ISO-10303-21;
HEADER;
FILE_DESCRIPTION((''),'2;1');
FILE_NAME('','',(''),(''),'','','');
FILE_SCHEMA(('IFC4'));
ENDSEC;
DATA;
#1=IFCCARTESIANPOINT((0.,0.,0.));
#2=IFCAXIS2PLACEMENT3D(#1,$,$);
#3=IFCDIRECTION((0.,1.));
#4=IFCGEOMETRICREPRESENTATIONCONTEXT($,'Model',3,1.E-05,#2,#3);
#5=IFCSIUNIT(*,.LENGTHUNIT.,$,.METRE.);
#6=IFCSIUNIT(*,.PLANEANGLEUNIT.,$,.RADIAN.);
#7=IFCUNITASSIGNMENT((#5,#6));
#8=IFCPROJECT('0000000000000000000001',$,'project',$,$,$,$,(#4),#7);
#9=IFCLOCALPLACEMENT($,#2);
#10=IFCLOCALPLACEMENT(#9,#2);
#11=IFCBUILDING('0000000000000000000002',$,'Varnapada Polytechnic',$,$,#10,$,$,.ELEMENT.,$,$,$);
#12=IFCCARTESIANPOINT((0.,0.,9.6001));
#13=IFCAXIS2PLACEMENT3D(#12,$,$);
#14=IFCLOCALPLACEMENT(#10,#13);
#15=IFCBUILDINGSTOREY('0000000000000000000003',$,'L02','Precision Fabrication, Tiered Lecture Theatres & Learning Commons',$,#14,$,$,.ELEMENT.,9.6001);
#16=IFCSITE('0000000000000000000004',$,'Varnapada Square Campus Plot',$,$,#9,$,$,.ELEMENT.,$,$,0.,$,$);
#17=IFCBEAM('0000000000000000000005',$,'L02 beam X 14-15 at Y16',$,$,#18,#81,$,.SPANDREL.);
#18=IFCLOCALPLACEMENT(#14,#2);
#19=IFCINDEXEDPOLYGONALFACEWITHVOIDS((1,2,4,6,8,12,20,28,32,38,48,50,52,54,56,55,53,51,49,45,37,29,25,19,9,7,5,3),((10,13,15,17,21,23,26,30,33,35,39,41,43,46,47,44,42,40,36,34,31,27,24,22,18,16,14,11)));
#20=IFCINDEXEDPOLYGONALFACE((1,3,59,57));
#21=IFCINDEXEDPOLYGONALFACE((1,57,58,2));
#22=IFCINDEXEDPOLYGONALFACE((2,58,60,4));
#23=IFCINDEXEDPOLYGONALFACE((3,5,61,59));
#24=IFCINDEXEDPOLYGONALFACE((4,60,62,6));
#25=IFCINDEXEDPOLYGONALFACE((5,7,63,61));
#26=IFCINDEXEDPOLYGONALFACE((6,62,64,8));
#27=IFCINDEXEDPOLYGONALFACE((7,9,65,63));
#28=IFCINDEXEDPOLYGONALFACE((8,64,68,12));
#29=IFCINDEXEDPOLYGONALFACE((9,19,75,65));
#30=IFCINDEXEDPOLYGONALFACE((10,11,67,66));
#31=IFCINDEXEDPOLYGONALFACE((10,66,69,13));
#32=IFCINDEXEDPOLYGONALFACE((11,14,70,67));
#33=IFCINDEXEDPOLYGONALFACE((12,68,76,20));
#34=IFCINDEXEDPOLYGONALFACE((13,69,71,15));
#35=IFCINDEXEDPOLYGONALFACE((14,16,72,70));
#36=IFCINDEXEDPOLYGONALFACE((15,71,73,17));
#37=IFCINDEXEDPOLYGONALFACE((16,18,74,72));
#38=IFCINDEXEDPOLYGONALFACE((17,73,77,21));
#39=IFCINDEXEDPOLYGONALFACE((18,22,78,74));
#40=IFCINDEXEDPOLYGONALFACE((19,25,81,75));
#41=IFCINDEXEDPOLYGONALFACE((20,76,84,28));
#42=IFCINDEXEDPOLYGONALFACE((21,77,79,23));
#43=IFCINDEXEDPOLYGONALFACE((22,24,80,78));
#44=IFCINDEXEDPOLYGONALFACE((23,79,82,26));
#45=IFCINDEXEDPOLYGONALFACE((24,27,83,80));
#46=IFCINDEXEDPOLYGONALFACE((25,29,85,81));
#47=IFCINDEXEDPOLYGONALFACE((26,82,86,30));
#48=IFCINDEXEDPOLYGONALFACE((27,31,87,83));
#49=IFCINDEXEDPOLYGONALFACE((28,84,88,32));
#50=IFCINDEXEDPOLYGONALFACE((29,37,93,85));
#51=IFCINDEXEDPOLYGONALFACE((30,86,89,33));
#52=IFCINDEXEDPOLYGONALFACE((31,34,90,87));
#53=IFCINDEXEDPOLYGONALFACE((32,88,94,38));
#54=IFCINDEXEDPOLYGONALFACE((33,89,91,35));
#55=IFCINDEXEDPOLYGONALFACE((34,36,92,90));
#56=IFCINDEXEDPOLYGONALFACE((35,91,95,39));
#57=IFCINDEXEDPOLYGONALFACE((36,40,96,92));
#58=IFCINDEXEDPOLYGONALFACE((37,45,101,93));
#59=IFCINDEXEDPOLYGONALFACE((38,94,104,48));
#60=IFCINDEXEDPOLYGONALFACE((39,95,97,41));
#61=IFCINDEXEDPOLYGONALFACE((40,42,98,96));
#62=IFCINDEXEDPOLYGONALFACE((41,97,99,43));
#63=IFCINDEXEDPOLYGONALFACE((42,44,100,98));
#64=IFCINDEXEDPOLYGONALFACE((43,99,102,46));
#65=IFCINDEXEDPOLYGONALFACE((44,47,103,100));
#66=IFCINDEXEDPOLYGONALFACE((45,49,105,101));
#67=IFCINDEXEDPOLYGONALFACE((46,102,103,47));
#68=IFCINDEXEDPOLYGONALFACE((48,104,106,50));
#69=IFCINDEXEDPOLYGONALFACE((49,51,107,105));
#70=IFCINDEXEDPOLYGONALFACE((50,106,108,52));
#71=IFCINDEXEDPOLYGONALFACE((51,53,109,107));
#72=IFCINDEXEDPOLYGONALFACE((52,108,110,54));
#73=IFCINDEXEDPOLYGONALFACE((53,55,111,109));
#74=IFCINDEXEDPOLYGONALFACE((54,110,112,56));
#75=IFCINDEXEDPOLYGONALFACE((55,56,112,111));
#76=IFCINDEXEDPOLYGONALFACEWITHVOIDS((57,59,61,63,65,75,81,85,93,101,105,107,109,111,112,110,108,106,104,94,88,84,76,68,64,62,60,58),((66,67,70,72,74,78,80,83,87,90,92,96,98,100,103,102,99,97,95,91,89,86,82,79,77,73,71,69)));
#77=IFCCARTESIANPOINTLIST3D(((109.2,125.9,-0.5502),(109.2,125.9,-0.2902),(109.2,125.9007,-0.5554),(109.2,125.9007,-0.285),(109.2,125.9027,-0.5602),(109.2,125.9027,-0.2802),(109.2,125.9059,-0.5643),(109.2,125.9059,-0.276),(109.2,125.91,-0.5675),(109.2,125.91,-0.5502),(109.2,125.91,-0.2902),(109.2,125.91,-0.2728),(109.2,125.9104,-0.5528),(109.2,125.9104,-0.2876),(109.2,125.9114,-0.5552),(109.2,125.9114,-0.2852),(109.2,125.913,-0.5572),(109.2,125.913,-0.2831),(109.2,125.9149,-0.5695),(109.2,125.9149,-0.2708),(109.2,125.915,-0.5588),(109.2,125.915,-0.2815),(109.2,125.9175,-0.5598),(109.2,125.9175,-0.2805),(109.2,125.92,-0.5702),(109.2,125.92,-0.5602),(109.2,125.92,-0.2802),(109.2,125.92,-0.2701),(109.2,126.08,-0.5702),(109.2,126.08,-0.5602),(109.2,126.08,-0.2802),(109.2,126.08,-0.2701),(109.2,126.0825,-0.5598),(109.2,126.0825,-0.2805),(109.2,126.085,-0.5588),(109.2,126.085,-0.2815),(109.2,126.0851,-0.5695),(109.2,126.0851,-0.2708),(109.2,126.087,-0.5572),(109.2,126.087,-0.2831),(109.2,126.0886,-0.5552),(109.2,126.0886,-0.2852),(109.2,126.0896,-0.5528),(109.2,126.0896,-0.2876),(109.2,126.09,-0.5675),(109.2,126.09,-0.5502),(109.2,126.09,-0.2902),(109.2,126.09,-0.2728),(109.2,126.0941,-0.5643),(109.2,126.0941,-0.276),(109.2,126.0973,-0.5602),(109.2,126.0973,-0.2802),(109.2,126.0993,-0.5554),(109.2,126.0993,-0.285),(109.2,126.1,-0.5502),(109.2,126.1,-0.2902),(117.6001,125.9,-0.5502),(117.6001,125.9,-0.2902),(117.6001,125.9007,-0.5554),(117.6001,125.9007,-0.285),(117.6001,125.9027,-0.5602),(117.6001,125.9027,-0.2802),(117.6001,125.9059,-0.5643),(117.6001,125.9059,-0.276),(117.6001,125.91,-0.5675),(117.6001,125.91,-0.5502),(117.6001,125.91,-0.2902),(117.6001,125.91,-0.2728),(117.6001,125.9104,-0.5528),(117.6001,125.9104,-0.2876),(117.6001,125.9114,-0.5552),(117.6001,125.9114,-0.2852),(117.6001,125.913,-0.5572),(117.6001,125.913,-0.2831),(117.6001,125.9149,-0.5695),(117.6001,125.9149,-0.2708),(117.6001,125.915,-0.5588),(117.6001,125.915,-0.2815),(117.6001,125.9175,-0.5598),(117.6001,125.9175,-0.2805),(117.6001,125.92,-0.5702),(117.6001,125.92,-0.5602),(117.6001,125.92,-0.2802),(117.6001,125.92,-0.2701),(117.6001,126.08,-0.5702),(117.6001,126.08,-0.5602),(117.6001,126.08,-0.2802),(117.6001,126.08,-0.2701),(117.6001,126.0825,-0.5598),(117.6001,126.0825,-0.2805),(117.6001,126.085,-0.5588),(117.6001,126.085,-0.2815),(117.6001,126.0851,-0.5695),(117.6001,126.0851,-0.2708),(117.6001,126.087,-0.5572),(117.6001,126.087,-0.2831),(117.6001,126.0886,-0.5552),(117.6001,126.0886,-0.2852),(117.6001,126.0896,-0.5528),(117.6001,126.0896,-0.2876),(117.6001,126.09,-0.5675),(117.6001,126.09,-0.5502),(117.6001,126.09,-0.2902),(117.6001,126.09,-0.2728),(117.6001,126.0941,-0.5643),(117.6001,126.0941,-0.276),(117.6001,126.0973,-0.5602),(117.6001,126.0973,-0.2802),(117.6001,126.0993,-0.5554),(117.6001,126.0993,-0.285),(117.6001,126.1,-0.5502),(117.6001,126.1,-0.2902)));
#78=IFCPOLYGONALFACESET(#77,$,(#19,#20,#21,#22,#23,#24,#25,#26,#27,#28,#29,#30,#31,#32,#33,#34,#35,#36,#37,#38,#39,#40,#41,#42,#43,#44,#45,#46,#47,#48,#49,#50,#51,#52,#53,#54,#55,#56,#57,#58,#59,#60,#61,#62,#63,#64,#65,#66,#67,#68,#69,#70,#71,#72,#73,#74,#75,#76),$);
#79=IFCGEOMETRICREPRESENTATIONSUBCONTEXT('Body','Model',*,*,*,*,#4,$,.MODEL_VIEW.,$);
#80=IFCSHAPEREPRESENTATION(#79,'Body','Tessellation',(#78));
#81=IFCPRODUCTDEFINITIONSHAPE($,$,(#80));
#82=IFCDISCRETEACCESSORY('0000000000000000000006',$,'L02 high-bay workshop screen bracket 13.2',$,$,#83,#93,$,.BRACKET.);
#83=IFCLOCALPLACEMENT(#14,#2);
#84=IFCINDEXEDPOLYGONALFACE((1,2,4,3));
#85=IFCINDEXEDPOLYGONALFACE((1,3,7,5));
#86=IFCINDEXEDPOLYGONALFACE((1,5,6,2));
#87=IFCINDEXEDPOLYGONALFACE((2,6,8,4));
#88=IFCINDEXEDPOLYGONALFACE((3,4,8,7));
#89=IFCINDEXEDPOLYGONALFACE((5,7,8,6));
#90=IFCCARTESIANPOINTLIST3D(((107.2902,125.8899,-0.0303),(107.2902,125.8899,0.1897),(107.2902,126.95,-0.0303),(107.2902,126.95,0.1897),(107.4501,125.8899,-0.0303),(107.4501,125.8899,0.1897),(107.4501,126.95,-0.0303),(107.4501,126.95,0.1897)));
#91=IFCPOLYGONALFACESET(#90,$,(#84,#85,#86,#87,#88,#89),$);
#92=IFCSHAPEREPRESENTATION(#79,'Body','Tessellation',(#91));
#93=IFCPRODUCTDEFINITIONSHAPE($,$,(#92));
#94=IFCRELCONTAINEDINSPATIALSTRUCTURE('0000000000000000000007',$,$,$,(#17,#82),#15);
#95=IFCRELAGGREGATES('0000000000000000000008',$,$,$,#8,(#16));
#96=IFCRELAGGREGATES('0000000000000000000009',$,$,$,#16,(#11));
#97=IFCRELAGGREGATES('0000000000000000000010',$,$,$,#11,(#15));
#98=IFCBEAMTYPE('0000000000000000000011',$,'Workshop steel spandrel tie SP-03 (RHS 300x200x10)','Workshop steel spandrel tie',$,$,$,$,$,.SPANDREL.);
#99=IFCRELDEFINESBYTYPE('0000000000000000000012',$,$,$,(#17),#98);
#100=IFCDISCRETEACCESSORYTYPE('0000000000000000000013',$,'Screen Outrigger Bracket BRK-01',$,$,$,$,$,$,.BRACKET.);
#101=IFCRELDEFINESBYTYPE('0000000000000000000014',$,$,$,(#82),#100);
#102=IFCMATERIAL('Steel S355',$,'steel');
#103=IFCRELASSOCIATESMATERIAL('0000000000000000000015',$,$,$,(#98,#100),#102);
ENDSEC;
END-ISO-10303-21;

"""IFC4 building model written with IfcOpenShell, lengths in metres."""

from ifc_helpers import new_model, si_unit, direction, frame, origin, origin_2d, place, context, subcontext, project, spatial, rectangle, hollow_rectangle, extrude, material, material_profile, profile_set, type_object, element, save


model = new_model("IFC4")

# Units and contexts
model_context = context("Model", 3, precision=1e-05, world=origin(), true_north=direction((0.0, 1.0)))
body_context = subcontext(model_context, "Body", "Model", "MODEL_VIEW")
ifc_project = project(units=[si_unit("LENGTHUNIT", "METRE"), si_unit("PLANEANGLEUNIT", "RADIAN")], contexts=[model_context])

# Site, building, storey
site_placement = place(None, origin())
site = spatial("IfcSite", under=ifc_project, at=site_placement, Name="Varnapada Square Campus Plot", CompositionType="ELEMENT", RefElevation=0.0)
building_placement = place(site_placement, origin())
building = spatial("IfcBuilding", under=site, at=building_placement, Name="Varnapada Polytechnic", CompositionType="ELEMENT")
storey_placement = place(building_placement, frame((0.0, 0.0, 9.6001)))
storey = spatial("IfcBuildingStorey", under=building, at=storey_placement, Name="L02", Description="Precision Fabrication, Tiered Lecture Theatres & Learning Commons", CompositionType="ELEMENT", Elevation=9.6001)

# Shared definitions
ifc_material_1 = material(Name="Steel S355", Category="steel")

# Beam
ifc_material_profile_1 = material_profile(ifc_material_1, hollow_rectangle(XDim=0.2, YDim=0.3, WallThickness=0.01, InnerFilletRadius=0.01, OuterFilletRadius=0.02, at=origin_2d()), Name="RHS 300x200x10")
ifc_profile_set_1 = profile_set([ifc_material_profile_1], Name="Steel S355")
beam_type = type_object("IfcBeamType", Name="Workshop steel spandrel tie SP-03 (RHS 300x200x10)", Description="Workshop steel spandrel tie", PredefinedType="SPANDREL", material=ifc_profile_set_1)
beam_placement = place(storey_placement, frame((109.2, 126.0, -0.4202), z_axis=(1.0, 0.0, 0.0), x_axis=(0.0, 1.0, 0.0)))
element("IfcBeam", 1, at=beam_placement, inside=storey, type_object=beam_type, Name="L02 beam X 14-15 at Y16", PredefinedType="SPANDREL", context=body_context, shape_type="SweptSolid", body=[
    extrude(hollow_rectangle(XDim=0.2, YDim=0.3, WallThickness=0.01, InnerFilletRadius=0.01, OuterFilletRadius=0.02, at=origin_2d()), origin(), (0.0, 0.0, 1.0), 8.4001),
])

# Discrete accessory
discrete_accessory_type = type_object("IfcDiscreteAccessoryType", Name="Screen Outrigger Bracket BRK-01", PredefinedType="BRACKET", material=ifc_material_1)
discrete_accessory_placement = place(storey_placement, frame((107.3701, 126.4199, -0.0303), z_axis=(0.0, 0.0, 1.0), x_axis=(1.0, 0.0, 0.0)))
element("IfcDiscreteAccessory", 2, at=discrete_accessory_placement, inside=storey, type_object=discrete_accessory_type, Name="L02 high-bay workshop screen bracket 13.2", PredefinedType="BRACKET", context=body_context, shape_type="SweptSolid", body=[
    extrude(rectangle(XDim=0.1599, YDim=1.0601, at=origin_2d()), origin(), (0.0, 0.0, 1.0), 0.22),
])

save(model, "model.ifc")
